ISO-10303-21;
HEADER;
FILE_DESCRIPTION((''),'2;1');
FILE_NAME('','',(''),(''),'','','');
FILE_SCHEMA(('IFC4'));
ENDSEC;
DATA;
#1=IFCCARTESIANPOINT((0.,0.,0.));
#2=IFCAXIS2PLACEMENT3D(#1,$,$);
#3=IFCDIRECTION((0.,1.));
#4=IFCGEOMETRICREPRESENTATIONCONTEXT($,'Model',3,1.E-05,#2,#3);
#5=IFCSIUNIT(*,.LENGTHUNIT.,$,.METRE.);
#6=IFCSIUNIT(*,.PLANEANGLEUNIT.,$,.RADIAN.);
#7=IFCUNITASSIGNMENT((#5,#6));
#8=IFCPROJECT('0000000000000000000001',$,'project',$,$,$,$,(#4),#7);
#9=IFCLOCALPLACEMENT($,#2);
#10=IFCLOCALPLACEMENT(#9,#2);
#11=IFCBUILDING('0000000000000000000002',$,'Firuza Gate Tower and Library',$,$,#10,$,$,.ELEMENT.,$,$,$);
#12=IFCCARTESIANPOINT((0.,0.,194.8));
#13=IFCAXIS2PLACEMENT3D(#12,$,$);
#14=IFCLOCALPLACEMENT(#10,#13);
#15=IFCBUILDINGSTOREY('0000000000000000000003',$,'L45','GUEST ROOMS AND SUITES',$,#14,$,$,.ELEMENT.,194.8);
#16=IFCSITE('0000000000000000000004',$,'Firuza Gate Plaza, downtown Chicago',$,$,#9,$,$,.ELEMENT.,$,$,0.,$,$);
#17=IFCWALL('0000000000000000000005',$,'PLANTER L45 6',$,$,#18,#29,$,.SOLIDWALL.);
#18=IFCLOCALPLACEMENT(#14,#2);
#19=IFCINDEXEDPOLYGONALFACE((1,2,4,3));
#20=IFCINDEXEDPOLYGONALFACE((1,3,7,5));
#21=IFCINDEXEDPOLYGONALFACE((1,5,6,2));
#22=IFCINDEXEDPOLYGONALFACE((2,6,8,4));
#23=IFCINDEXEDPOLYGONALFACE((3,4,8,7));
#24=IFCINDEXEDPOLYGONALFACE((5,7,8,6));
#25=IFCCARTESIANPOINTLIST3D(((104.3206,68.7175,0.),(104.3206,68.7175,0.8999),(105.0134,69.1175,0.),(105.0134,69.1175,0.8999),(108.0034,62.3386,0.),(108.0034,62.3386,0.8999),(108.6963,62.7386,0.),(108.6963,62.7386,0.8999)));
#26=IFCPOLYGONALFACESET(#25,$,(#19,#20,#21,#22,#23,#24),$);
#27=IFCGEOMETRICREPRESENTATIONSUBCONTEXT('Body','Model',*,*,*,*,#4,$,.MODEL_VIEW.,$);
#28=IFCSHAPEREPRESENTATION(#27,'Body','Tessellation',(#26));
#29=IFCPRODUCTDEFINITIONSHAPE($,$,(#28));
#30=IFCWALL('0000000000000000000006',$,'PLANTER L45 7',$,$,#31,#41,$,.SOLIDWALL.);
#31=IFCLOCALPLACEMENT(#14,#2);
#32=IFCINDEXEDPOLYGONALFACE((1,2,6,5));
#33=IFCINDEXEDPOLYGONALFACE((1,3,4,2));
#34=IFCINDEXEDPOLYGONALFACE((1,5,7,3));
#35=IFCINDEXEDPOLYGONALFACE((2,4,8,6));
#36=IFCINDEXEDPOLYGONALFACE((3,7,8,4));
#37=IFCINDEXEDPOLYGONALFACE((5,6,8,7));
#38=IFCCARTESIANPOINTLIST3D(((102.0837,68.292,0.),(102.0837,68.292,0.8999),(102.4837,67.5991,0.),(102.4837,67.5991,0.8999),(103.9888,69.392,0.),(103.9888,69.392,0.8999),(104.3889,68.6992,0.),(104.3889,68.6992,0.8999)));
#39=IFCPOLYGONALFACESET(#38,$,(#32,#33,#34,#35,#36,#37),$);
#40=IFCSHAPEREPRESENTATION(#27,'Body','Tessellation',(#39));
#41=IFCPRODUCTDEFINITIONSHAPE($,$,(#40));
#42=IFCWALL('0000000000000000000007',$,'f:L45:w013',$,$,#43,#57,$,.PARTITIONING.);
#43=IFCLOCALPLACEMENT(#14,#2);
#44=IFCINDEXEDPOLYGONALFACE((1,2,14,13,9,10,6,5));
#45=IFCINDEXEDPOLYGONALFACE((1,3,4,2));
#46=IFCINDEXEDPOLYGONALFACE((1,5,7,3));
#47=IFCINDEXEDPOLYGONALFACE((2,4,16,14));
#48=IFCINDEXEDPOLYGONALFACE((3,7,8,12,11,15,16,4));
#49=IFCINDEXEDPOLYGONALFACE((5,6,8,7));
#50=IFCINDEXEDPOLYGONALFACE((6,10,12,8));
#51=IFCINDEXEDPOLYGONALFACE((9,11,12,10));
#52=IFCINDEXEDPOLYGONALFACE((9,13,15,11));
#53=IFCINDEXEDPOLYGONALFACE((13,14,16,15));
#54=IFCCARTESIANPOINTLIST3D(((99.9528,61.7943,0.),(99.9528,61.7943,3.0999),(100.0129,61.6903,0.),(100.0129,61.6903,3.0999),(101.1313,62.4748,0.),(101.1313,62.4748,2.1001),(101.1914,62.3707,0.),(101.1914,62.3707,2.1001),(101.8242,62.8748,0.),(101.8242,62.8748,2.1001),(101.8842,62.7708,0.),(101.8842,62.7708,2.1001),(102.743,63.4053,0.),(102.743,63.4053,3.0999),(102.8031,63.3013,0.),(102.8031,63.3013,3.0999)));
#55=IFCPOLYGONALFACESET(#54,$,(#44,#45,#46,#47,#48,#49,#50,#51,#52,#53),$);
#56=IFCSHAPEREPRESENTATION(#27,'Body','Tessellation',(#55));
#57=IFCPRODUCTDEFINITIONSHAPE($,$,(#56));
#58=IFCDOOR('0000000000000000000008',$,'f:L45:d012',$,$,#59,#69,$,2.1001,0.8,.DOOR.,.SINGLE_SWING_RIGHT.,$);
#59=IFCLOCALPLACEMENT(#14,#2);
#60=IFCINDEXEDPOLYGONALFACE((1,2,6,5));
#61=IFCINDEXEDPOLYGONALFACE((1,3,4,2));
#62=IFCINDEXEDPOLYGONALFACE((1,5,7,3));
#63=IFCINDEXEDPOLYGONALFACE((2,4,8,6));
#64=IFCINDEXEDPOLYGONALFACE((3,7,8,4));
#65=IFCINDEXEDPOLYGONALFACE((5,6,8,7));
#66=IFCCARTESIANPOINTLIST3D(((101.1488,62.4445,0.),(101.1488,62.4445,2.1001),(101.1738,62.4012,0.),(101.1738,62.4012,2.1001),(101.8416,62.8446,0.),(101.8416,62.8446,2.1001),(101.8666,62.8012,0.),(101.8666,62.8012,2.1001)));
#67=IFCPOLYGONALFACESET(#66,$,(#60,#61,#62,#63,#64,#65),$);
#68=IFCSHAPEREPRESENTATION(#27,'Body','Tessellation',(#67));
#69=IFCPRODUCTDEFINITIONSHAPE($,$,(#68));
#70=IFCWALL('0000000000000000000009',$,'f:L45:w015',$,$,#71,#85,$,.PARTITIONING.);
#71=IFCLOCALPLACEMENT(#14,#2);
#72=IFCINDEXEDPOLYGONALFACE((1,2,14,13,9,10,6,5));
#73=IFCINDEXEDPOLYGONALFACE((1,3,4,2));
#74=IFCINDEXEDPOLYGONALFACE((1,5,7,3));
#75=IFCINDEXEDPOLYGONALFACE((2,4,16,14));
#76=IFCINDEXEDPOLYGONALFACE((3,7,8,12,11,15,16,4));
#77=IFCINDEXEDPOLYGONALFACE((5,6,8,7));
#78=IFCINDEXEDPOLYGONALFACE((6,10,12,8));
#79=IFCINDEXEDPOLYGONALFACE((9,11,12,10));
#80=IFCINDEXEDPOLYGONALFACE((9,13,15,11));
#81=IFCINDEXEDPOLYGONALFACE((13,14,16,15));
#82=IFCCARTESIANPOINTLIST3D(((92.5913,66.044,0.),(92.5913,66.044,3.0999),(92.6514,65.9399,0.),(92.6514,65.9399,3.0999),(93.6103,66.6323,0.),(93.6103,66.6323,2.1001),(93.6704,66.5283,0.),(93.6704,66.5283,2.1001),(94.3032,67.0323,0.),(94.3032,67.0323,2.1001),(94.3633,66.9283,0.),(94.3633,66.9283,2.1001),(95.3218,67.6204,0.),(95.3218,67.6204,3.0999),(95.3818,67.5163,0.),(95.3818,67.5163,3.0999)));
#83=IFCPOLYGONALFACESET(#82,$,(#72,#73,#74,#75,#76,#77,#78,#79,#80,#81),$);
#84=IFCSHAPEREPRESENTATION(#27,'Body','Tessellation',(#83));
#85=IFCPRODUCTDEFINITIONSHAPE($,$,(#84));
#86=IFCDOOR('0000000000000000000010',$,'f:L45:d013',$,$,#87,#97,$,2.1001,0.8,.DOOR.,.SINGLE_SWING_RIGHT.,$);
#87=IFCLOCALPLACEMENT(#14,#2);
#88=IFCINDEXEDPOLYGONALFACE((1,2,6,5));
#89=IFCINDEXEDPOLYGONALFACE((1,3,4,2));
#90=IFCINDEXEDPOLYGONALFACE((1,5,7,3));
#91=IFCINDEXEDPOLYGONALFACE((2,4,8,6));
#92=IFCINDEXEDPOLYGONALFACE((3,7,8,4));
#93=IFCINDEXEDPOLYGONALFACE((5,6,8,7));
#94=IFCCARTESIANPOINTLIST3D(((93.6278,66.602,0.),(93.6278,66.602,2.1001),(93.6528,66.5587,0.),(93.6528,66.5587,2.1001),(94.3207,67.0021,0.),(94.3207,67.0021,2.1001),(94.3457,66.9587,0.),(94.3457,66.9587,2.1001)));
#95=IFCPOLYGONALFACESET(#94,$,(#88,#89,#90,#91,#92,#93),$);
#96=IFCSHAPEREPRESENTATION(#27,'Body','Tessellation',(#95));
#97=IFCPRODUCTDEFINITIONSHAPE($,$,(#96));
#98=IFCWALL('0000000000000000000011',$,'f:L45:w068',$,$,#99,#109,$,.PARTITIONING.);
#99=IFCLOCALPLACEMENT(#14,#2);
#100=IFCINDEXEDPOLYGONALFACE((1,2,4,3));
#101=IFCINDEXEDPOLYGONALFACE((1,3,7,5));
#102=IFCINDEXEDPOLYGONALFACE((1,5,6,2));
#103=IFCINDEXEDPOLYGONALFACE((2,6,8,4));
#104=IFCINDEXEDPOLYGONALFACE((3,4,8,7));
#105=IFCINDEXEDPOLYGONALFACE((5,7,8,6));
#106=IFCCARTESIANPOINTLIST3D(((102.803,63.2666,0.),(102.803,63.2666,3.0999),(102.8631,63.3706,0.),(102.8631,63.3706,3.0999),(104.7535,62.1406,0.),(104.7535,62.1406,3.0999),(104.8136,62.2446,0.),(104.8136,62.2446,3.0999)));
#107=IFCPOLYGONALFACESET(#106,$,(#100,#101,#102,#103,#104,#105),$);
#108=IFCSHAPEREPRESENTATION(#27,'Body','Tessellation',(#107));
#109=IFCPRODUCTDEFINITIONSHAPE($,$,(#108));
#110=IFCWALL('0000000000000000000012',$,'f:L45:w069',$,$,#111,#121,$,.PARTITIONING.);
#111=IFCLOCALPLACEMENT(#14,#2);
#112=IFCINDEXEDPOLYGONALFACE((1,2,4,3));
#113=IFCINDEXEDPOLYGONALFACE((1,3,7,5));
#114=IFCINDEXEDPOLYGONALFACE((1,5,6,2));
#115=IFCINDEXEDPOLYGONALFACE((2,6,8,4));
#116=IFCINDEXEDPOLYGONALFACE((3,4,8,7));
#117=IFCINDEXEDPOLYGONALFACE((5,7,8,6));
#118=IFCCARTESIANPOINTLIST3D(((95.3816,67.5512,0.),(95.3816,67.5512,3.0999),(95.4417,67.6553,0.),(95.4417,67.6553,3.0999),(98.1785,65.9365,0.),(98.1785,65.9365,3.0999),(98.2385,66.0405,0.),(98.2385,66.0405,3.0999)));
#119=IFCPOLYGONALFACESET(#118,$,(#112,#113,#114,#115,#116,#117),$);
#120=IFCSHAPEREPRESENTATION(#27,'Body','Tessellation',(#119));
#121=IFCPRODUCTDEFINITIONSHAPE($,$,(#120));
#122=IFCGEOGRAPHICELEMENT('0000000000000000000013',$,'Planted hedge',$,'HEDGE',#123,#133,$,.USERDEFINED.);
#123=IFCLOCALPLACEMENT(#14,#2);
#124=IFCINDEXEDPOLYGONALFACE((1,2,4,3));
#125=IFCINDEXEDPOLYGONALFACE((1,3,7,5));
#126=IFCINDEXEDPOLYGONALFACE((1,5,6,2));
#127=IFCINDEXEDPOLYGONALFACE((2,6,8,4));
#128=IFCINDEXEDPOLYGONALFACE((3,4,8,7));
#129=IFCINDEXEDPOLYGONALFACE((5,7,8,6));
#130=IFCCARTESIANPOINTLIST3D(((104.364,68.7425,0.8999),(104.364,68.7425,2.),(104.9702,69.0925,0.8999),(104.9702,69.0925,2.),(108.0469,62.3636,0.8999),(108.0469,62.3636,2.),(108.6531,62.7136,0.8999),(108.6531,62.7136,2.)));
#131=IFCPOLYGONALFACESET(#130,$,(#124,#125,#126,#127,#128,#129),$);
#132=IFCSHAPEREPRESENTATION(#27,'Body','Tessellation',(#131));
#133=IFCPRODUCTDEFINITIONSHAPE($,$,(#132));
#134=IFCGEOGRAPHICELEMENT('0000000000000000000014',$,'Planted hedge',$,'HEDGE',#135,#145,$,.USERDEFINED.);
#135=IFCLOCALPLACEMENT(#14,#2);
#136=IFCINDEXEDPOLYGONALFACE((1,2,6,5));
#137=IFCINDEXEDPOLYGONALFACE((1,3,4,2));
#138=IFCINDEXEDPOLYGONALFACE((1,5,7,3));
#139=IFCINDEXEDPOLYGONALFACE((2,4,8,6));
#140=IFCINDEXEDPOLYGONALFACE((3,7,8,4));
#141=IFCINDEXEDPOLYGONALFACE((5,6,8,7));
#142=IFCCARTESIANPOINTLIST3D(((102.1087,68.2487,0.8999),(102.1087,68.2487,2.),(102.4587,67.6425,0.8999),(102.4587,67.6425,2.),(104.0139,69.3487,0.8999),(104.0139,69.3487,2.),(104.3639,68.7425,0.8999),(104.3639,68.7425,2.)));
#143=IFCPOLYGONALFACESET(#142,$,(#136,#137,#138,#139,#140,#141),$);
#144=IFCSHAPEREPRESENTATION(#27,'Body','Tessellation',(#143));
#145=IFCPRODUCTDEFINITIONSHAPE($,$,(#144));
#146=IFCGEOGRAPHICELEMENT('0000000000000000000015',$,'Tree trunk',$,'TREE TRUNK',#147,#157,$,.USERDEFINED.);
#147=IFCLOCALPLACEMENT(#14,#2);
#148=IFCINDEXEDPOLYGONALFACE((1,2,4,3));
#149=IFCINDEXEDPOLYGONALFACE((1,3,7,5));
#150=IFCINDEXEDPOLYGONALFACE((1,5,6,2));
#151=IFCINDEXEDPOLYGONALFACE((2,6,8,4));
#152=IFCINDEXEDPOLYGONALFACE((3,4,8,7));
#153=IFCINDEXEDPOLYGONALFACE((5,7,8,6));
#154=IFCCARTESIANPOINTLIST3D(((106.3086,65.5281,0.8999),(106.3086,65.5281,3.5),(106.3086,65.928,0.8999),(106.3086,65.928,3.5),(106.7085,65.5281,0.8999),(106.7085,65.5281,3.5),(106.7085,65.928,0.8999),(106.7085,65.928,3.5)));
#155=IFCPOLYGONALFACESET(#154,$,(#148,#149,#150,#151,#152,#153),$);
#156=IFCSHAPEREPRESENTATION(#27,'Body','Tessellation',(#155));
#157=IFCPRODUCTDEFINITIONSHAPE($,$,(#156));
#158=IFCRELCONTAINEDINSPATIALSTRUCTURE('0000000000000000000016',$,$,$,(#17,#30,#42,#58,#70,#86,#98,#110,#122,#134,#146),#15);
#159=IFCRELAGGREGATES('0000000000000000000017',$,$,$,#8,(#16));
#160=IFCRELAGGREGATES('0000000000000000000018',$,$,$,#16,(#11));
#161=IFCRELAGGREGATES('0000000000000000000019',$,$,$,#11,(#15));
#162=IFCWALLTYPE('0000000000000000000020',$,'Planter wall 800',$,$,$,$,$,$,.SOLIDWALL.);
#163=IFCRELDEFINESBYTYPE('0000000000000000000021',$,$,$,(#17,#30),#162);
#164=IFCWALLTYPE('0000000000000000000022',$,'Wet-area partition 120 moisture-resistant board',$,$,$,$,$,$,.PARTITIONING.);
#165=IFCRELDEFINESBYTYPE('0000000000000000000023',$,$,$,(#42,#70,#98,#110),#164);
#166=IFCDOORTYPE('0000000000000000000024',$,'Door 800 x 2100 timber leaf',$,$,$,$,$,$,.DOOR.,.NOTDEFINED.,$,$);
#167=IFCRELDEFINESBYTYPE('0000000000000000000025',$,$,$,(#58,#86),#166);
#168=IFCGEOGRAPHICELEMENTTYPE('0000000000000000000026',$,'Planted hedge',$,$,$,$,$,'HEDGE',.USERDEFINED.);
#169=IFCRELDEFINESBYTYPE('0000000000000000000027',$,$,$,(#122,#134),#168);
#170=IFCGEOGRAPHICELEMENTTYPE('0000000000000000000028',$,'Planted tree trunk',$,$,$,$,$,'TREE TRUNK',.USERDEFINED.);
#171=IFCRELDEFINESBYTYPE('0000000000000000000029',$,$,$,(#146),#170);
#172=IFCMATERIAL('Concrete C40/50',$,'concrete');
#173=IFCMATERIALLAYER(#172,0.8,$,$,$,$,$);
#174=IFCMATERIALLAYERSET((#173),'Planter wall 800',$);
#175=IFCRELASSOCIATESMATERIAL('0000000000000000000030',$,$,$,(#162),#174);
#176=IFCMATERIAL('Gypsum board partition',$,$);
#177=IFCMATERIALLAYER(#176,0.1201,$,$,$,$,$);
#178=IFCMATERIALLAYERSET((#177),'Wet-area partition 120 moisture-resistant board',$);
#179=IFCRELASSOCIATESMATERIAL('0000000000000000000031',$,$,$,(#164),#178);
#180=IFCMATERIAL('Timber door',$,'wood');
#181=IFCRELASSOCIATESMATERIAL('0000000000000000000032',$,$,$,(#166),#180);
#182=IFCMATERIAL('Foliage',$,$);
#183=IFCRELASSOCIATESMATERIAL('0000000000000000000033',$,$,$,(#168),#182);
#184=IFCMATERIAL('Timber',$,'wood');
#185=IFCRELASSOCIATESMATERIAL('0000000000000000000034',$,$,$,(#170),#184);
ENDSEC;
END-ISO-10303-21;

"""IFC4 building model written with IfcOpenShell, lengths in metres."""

from ifc_helpers import new_model, si_unit, direction, frame, frame_2d, origin, origin_2d, place, context, subcontext, project, spatial, rectangle, extrude, material, layer, layer_set, type_object, element, fill, save


model = new_model("IFC4")

# Units and contexts
model_context = context("Model", 3, precision=1e-05, world=origin(), true_north=direction((0.0, 1.0)))
body_context = subcontext(model_context, "Body", "Model", "MODEL_VIEW")
ifc_project = project(units=[si_unit("LENGTHUNIT", "METRE"), si_unit("PLANEANGLEUNIT", "RADIAN")], contexts=[model_context])

# Site, building, storey
site_placement = place(None, origin())
site = spatial("IfcSite", under=ifc_project, at=site_placement, Name="Firuza Gate Plaza, downtown Chicago", CompositionType="ELEMENT", RefElevation=0.0)
building_placement = place(site_placement, origin())
building = spatial("IfcBuilding", under=site, at=building_placement, Name="Firuza Gate Tower and Library", CompositionType="ELEMENT")
storey_placement = place(building_placement, frame((0.0, 0.0, 194.8)))
storey = spatial("IfcBuildingStorey", under=building, at=storey_placement, Name="L45", Description="GUEST ROOMS AND SUITES", CompositionType="ELEMENT", Elevation=194.8)

# Walls
ifc_material_1 = material(Name="Concrete C40/50", Category="concrete")
ifc_layer_1 = layer(ifc_material_1, 0.8)
ifc_layer_set_1 = layer_set([ifc_layer_1], Name="Planter wall 800")
wall_type_1 = type_object("IfcWallType", Name="Planter wall 800", PredefinedType="SOLIDWALL", material=ifc_layer_set_1)
wall_1_placement = place(storey_placement, frame((108.3499, 62.5386, 0.0), z_axis=(0.0, 0.0, 1.0), x_axis=(-0.5, 0.866026, 0.0)))
element("IfcWall", 1, at=wall_1_placement, inside=storey, type_object=wall_type_1, Name="PLANTER L45 6", PredefinedType="SOLIDWALL", context=body_context, shape_type="SweptSolid", body=[
    extrude(rectangle(XDim=7.3657, YDim=0.8, at=frame_2d((3.6829, 0.0))), origin(), (0.0, 0.0, 1.0), 0.8999),
])
wall_2_placement = place(storey_placement, frame((104.189, 69.0457, 0.0), z_axis=(0.0, 0.0, 1.0), x_axis=(-0.866008, -0.50003, 0.0)))
element("IfcWall", 2, at=wall_2_placement, inside=storey, type_object=wall_type_1, Name="PLANTER L45 7", PredefinedType="SOLIDWALL", context=body_context, shape_type="SweptSolid", body=[
    extrude(rectangle(XDim=2.2, YDim=0.8, at=frame_2d((1.1001, 0.0))), origin(), (0.0, 0.0, 1.0), 0.8999),
])

# Walls, openings, doors
ifc_material_2 = material(Name="Gypsum board partition")
ifc_layer_2 = layer(ifc_material_2, 0.1201)
ifc_layer_set_2 = layer_set([ifc_layer_2], Name="Wet-area partition 120 moisture-resistant board")
wall_type_2 = type_object("IfcWallType", Name="Wet-area partition 120 moisture-resistant board", PredefinedType="PARTITIONING", material=ifc_layer_set_2)
wall_3_placement = place(storey_placement, frame((102.7729, 63.3533, 0.0), z_axis=(0.0, 0.0, 1.0), x_axis=(-0.86601, -0.500026, 0.0)))
wall_3 = element("IfcWall", 3, at=wall_3_placement, inside=storey, type_object=wall_type_2, Name="f:L45:w013", PredefinedType="PARTITIONING", context=body_context, shape_type="SweptSolid", body=[
    extrude(rectangle(XDim=3.2219, YDim=0.1201, at=frame_2d((1.6108, 0.0))), origin(), (0.0, 0.0, 1.0), 3.0999),
])
opening_1_placement = place(wall_3_placement, frame((1.061, 0.0, 0.0)))
opening_1 = element("IfcOpeningElement", 4, at=opening_1_placement, cuts=wall_3, PredefinedType="OPENING", context=body_context, shape_type="SweptSolid", body=[
    extrude(rectangle(XDim=0.8, YDim=2.1001, at=frame_2d((0.3999, 1.05))), frame((0.0, 0.0701, 0.0), z_axis=(0.0, -1.0, 0.0), x_axis=(1.0, 0.0, 0.0)), (0.0, 0.0, 1.0), 0.1401),
])
ifc_material_3 = material(Name="Timber door", Category="wood")
door_type = type_object("IfcDoorType", Name="Door 800 x 2100 timber leaf", OperationType="NOTDEFINED", PredefinedType="DOOR", material=ifc_material_3)
door_1_placement = place(opening_1_placement, origin())
door_1 = element("IfcDoor", 5, at=door_1_placement, inside=storey, type_object=door_type, Name="f:L45:d012", OperationType="SINGLE_SWING_RIGHT", OverallHeight=2.1001, OverallWidth=0.8, PredefinedType="DOOR", context=body_context, shape_type="SweptSolid", body=[
    extrude(rectangle(XDim=0.8, YDim=2.1001, at=frame_2d((0.3999, 1.05))), frame((0.0, 0.0249, 0.0), z_axis=(0.0, -1.0, 0.0), x_axis=(1.0, 0.0, 0.0)), (0.0, 0.0, 1.0), 0.05),
])
fill(opening_1, door_1)
wall_4_placement = place(storey_placement, frame((95.3518, 67.5684, 0.0), z_axis=(0.0, 0.0, 1.0), x_axis=(-0.866028, -0.499995, 0.0)))
wall_4 = element("IfcWall", 6, at=wall_4_placement, inside=storey, type_object=wall_type_2, Name="f:L45:w015", PredefinedType="PARTITIONING", context=body_context, shape_type="SweptSolid", body=[
    extrude(rectangle(XDim=3.1528, YDim=0.1201, at=frame_2d((1.5764, 0.0))), origin(), (0.0, 0.0, 1.0), 3.0999),
])
opening_2_placement = place(wall_4_placement, frame((1.1763, 0.0, 0.0)))
opening_2 = element("IfcOpeningElement", 7, at=opening_2_placement, cuts=wall_4, PredefinedType="OPENING", context=body_context, shape_type="SweptSolid", body=[
    extrude(rectangle(XDim=0.8, YDim=2.1001, at=frame_2d((0.3999, 1.05))), frame((0.0, 0.0701, 0.0), z_axis=(0.0, -1.0, 0.0), x_axis=(1.0, 0.0, 0.0)), (0.0, 0.0, 1.0), 0.1401),
])
door_2_placement = place(opening_2_placement, origin())
door_2 = element("IfcDoor", 8, at=door_2_placement, inside=storey, type_object=door_type, Name="f:L45:d013", OperationType="SINGLE_SWING_RIGHT", OverallHeight=2.1001, OverallWidth=0.8, PredefinedType="DOOR", context=body_context, shape_type="SweptSolid", body=[
    extrude(rectangle(XDim=0.8, YDim=2.1001, at=frame_2d((0.3999, 1.05))), frame((0.0, 0.0249, 0.0), z_axis=(0.0, -1.0, 0.0), x_axis=(1.0, 0.0, 0.0)), (0.0, 0.0, 1.0), 0.05),
])
fill(opening_2, door_2)

# Walls
wall_5_placement = place(storey_placement, frame((104.7834, 62.1926, 0.0), z_axis=(0.0, 0.0, 1.0), x_axis=(-0.866047, 0.499963, 0.0)))
element("IfcWall", 9, at=wall_5_placement, inside=storey, type_object=wall_type_2, Name="f:L45:w068", PredefinedType="PARTITIONING", context=body_context, shape_type="SweptSolid", body=[
    extrude(rectangle(XDim=2.2522, YDim=0.1201, at=frame_2d((1.126, 0.0))), origin(), (0.0, 0.0, 1.0), 3.0999),
])
wall_6_placement = place(storey_placement, frame((98.2085, 65.9885, 0.0), z_axis=(0.0, 0.0, 1.0), x_axis=(-0.866029, 0.499993, 0.0)))
element("IfcWall", 10, at=wall_6_placement, inside=storey, type_object=wall_type_2, Name="f:L45:w069", PredefinedType="PARTITIONING", context=body_context, shape_type="SweptSolid", body=[
    extrude(rectangle(XDim=3.2295, YDim=0.1201, at=frame_2d((1.6147, 0.0))), origin(), (0.0, 0.0, 1.0), 3.0999),
])

# Geographic elements
ifc_material_4 = material(Name="Foliage")
geographic_element_type_1 = type_object("IfcGeographicElementType", Name="Planted hedge", ElementType="HEDGE", PredefinedType="USERDEFINED", material=ifc_material_4)
geographic_element_1_placement = place(storey_placement, frame((106.5085, 65.728, 0.8999), z_axis=(0.0, 0.0, 1.0), x_axis=(-0.5, 0.866025, 0.0)))
element("IfcGeographicElement", 11, at=geographic_element_1_placement, inside=storey, type_object=geographic_element_type_1, Name="Planted hedge", ObjectType="HEDGE", PredefinedType="USERDEFINED", context=body_context, shape_type="SweptSolid", body=[
    extrude(rectangle(XDim=7.3657, YDim=0.7, at=origin_2d()), origin(), (0.0, 0.0, 1.0), 1.1001),
])
geographic_element_2_placement = place(storey_placement, frame((103.2363, 68.4956, 0.8999), z_axis=(0.0, 0.0, 1.0), x_axis=(-0.866025, -0.5, 0.0)))
element("IfcGeographicElement", 12, at=geographic_element_2_placement, inside=storey, type_object=geographic_element_type_1, Name="Planted hedge", ObjectType="HEDGE", PredefinedType="USERDEFINED", context=body_context, shape_type="SweptSolid", body=[
    extrude(rectangle(XDim=2.2, YDim=0.7, at=origin_2d()), origin(), (0.0, 0.0, 1.0), 1.1001),
])
ifc_material_5 = material(Name="Timber", Category="wood")
geographic_element_type_2 = type_object("IfcGeographicElementType", Name="Planted tree trunk", ElementType="TREE TRUNK", PredefinedType="USERDEFINED", material=ifc_material_5)
geographic_element_3_placement = place(storey_placement, frame((106.5085, 65.728, 0.8999), z_axis=(0.0, 0.0, 1.0), x_axis=(1.0, 0.0, 0.0)))
element("IfcGeographicElement", 13, at=geographic_element_3_placement, inside=storey, type_object=geographic_element_type_2, Name="Tree trunk", ObjectType="TREE TRUNK", PredefinedType="USERDEFINED", context=body_context, shape_type="SweptSolid", body=[
    extrude(rectangle(XDim=0.3999, YDim=0.3999, at=origin_2d()), origin(), (0.0, 0.0, 1.0), 2.6001),
])

save(model, "model.ifc")
